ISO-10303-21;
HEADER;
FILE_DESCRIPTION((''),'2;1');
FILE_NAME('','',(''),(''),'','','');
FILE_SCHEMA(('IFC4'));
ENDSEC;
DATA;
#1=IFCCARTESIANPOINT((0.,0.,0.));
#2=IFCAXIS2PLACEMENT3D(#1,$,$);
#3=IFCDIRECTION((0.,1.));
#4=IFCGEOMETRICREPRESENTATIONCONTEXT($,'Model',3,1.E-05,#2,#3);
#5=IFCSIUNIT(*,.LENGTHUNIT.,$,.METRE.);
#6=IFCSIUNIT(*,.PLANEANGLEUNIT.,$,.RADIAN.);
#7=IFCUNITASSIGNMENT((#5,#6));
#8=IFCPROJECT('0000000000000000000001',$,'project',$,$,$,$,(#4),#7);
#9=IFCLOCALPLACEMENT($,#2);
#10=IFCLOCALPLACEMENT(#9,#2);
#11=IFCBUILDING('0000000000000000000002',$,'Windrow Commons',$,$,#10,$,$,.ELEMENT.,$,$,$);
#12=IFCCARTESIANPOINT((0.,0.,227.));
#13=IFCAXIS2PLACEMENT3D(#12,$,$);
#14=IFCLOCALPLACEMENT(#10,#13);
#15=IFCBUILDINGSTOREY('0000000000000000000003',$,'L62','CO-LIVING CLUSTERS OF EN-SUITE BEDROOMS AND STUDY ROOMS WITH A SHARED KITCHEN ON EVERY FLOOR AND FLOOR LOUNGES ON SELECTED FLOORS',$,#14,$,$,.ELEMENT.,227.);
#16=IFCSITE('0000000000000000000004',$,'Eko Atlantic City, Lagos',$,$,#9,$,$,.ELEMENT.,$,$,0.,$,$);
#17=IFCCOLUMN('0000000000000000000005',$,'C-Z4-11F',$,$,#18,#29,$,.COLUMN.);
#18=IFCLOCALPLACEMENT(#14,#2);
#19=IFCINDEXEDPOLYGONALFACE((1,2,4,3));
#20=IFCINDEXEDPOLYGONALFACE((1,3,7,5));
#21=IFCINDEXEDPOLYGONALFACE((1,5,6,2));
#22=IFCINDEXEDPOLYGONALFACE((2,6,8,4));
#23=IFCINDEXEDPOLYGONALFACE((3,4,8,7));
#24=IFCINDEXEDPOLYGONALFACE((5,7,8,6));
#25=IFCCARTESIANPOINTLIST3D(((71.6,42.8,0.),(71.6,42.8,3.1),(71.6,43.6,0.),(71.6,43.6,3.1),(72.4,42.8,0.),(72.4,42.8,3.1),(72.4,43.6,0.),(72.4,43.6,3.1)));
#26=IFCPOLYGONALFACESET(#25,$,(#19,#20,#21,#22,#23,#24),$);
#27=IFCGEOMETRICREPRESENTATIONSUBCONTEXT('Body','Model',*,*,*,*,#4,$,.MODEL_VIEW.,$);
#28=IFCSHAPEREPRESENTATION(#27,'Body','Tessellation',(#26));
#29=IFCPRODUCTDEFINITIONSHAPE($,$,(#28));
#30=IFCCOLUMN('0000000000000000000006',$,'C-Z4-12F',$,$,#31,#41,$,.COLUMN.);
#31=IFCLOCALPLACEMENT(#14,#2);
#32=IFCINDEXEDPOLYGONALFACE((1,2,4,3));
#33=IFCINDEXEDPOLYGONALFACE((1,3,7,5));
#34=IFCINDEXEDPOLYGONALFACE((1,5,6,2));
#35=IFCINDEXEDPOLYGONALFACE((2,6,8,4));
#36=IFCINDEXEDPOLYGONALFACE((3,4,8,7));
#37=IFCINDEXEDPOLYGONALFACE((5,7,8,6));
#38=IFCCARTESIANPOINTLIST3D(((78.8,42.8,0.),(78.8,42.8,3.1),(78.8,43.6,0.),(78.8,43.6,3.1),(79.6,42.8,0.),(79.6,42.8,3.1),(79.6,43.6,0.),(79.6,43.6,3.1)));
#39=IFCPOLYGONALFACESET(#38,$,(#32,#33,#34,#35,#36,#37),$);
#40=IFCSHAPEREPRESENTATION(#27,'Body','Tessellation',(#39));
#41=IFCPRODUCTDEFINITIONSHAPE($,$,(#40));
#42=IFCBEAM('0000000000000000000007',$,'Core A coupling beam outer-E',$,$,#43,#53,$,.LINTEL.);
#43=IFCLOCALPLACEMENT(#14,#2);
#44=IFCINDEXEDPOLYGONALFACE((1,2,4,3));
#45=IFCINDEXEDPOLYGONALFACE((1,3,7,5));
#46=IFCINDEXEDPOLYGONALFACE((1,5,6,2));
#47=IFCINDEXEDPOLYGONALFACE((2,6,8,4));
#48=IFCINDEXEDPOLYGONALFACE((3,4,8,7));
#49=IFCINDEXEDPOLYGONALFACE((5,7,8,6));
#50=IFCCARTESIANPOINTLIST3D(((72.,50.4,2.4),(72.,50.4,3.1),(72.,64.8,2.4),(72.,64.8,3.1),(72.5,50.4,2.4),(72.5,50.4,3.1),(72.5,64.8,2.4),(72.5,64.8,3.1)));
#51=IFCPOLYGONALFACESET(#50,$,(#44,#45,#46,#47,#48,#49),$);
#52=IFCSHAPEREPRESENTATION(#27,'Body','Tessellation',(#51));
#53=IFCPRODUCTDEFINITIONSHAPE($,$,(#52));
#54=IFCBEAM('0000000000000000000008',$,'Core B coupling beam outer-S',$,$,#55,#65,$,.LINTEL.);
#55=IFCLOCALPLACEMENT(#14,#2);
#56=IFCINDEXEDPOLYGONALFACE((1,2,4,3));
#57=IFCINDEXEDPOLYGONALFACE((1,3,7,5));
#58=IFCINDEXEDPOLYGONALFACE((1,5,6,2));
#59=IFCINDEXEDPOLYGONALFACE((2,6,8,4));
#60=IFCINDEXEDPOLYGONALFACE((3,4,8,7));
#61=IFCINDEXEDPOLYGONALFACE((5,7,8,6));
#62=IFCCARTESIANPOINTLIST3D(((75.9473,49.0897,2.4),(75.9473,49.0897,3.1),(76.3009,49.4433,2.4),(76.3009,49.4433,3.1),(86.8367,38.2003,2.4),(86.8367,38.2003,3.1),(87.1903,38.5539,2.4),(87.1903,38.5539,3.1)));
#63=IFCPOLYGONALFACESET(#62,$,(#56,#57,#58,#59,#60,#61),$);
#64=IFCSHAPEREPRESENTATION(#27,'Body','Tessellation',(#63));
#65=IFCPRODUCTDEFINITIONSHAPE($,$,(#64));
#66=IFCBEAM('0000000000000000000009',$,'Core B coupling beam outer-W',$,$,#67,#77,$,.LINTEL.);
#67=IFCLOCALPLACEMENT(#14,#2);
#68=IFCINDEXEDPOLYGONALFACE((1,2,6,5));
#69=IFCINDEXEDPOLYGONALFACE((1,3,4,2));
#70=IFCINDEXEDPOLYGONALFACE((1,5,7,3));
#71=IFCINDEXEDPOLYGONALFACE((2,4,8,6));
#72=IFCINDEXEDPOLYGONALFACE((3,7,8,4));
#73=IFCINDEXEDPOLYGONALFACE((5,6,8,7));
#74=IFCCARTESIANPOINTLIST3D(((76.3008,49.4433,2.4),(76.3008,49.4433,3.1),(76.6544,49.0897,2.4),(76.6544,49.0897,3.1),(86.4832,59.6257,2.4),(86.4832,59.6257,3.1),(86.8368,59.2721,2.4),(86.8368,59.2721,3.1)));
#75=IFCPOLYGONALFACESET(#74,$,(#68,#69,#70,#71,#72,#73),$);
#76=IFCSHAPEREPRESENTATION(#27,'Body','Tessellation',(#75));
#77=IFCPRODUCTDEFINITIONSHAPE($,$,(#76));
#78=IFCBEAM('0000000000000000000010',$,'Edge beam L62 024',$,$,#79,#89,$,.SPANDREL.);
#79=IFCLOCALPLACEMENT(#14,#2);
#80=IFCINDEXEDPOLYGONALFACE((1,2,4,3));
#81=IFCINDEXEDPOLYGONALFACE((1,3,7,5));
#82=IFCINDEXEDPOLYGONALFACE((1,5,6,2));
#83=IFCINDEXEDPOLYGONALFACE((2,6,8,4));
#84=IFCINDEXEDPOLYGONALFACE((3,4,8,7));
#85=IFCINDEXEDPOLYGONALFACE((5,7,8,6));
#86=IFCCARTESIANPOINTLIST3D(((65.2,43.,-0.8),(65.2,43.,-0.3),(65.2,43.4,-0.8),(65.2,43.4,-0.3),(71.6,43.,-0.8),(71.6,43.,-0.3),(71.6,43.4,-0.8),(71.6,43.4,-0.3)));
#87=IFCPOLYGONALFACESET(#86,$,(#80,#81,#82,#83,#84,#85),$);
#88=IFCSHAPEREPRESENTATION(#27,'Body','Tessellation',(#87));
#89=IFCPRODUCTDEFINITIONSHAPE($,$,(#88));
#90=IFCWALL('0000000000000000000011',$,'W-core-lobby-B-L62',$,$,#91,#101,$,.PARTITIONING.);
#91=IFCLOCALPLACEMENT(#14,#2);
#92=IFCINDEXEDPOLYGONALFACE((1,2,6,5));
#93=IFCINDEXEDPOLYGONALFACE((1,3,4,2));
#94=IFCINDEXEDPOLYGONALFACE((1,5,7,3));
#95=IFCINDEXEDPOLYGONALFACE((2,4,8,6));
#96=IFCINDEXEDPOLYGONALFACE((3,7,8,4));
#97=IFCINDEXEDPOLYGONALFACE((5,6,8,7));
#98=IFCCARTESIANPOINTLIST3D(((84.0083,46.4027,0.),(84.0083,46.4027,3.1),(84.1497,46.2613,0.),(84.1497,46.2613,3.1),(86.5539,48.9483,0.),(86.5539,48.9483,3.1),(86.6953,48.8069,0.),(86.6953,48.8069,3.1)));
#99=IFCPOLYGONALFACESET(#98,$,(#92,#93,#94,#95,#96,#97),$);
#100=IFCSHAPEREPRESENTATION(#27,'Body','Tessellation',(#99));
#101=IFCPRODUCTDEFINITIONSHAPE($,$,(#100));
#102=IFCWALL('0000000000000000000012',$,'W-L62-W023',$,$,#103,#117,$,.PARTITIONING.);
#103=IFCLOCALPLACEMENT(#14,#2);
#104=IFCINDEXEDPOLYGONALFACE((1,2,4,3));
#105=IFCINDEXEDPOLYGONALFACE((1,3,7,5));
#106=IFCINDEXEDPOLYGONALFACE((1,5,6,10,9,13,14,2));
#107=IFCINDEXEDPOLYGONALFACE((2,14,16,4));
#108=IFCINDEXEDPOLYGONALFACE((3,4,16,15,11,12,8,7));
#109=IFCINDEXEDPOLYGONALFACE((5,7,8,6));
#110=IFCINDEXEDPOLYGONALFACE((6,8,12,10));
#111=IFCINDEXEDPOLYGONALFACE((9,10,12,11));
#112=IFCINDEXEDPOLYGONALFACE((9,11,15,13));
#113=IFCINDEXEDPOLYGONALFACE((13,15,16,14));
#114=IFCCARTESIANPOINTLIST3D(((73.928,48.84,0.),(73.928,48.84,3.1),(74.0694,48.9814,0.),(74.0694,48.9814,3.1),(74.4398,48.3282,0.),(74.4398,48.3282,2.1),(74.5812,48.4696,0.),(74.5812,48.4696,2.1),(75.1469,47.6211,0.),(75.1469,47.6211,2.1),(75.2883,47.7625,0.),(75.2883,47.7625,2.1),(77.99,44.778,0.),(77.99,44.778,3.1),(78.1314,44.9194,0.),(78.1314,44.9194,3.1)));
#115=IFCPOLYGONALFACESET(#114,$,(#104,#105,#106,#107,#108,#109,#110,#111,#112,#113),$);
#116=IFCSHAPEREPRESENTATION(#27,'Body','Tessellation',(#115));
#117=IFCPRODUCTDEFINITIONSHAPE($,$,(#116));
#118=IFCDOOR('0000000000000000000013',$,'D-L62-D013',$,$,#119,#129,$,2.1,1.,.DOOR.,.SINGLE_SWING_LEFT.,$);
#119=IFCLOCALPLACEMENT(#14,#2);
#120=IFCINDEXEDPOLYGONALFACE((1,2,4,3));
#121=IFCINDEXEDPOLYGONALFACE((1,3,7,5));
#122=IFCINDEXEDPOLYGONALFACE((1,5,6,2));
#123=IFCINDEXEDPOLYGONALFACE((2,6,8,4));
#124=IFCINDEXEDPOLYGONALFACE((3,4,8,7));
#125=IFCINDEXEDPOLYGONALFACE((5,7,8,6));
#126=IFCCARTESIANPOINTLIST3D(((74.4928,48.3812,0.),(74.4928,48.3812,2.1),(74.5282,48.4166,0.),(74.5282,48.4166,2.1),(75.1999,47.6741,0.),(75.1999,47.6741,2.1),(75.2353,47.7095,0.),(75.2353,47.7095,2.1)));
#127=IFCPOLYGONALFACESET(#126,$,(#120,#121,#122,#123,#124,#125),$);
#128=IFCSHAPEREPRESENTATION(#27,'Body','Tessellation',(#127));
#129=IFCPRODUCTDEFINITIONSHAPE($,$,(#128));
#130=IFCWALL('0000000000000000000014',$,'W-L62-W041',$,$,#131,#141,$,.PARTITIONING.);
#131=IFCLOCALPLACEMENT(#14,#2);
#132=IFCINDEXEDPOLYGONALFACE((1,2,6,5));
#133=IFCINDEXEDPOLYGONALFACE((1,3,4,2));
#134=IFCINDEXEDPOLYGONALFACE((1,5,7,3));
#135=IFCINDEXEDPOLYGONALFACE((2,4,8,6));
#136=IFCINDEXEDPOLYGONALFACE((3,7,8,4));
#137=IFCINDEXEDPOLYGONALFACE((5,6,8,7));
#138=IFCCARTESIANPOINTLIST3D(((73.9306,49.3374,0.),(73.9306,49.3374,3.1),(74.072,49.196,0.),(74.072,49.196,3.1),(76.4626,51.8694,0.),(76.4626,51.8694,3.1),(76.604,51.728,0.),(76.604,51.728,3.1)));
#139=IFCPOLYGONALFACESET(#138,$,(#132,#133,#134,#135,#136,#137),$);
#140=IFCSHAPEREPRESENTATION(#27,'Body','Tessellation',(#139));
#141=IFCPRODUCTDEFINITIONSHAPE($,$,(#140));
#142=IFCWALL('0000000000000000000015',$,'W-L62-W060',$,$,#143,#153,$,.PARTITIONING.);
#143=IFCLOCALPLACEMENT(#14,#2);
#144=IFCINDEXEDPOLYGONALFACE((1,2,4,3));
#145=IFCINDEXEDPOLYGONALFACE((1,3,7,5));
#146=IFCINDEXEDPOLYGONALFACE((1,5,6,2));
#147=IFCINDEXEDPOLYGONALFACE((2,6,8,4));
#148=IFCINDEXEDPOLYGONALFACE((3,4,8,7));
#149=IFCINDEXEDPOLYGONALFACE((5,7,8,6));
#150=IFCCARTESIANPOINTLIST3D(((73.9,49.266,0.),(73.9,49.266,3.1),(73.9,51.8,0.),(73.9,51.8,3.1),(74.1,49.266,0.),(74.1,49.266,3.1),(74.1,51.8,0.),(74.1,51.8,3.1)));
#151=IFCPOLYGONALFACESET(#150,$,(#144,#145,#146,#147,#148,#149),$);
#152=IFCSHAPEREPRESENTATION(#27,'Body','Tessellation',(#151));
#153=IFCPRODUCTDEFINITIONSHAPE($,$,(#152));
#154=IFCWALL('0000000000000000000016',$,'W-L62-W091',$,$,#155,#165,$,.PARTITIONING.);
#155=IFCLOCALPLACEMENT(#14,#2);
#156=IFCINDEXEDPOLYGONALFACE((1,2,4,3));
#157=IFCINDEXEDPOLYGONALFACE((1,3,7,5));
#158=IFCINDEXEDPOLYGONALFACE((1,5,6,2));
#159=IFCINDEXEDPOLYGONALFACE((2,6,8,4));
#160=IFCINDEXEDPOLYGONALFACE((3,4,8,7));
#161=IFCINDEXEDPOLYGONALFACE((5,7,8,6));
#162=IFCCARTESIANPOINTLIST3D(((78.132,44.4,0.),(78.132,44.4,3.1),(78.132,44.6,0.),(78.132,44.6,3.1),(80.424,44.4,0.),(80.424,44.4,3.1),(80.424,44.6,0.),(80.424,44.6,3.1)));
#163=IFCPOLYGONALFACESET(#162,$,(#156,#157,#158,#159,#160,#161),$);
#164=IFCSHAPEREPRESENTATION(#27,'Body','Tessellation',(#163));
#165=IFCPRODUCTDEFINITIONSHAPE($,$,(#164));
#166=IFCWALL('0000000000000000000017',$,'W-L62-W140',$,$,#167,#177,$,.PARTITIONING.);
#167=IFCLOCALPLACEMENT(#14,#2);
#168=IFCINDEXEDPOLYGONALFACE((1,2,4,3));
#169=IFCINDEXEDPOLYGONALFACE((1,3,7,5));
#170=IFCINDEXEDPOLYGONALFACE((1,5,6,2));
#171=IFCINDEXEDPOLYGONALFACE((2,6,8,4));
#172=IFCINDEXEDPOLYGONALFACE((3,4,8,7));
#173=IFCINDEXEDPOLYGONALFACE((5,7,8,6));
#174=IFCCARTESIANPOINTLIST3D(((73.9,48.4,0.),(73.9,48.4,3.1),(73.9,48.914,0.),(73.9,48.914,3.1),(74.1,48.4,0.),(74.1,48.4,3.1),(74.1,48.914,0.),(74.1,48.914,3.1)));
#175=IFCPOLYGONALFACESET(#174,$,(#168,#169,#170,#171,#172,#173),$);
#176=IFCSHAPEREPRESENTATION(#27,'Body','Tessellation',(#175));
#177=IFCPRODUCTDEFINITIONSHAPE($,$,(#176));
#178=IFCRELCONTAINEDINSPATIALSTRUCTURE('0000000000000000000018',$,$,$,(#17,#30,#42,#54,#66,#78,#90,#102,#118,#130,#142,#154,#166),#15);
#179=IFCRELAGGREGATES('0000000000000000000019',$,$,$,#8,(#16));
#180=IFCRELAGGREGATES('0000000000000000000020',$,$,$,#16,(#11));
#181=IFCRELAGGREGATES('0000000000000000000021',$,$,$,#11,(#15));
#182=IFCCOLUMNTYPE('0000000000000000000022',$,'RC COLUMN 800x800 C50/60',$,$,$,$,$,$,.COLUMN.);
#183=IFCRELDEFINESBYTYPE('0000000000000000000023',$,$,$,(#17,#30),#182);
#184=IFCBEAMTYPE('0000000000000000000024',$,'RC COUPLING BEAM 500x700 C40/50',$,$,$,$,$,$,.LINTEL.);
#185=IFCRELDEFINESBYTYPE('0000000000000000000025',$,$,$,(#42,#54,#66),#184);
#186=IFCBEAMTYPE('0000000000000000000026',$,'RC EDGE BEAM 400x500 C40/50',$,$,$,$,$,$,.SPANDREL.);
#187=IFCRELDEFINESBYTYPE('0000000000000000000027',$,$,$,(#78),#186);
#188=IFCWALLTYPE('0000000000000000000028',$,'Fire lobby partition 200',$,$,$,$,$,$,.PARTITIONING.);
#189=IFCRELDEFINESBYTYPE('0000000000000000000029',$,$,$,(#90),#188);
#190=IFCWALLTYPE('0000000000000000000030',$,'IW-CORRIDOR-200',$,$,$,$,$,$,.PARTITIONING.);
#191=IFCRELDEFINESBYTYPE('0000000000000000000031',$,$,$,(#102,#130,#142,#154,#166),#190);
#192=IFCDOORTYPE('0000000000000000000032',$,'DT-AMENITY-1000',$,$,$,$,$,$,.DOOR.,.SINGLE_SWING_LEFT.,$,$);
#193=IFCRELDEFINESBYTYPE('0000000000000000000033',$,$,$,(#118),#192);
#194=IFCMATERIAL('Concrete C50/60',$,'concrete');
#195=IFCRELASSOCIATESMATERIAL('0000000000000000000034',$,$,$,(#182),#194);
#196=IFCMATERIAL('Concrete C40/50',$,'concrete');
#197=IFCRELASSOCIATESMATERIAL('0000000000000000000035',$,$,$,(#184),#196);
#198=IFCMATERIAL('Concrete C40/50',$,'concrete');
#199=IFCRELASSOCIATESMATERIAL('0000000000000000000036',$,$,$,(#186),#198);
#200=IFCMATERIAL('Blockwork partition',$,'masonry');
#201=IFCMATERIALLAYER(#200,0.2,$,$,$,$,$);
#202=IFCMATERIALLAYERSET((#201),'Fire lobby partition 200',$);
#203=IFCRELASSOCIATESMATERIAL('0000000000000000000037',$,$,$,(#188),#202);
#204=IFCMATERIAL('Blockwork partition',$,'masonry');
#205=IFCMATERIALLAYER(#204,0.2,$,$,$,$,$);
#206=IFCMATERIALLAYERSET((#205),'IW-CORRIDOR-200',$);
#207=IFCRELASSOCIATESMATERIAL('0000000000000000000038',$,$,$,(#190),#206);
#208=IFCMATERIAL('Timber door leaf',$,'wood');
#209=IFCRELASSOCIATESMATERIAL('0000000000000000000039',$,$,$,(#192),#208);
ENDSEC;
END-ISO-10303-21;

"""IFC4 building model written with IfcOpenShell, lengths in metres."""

from ifc_helpers import new_model, si_unit, direction, frame, frame_2d, origin, origin_2d, place, context, subcontext, project, spatial, rectangle, extrude, material, layer, layer_set, material_profile, profile_set, type_object, element, fill, save


model = new_model("IFC4")

# Units and contexts
model_context = context("Model", 3, precision=1e-05, world=origin(), true_north=direction((0.0, 1.0)))
body_context = subcontext(model_context, "Body", "Model", "MODEL_VIEW")
ifc_project = project(units=[si_unit("LENGTHUNIT", "METRE"), si_unit("PLANEANGLEUNIT", "RADIAN")], contexts=[model_context])

# Site, building, storey
site_placement = place(None, origin())
site = spatial("IfcSite", under=ifc_project, at=site_placement, Name="Eko Atlantic City, Lagos", CompositionType="ELEMENT", RefElevation=0.0)
building_placement = place(site_placement, origin())
building = spatial("IfcBuilding", under=site, at=building_placement, Name="Windrow Commons", CompositionType="ELEMENT")
storey_placement = place(building_placement, frame((0.0, 0.0, 227.0)))
storey = spatial("IfcBuildingStorey", under=building, at=storey_placement, Name="L62", Description="CO-LIVING CLUSTERS OF EN-SUITE BEDROOMS AND STUDY ROOMS WITH A SHARED KITCHEN ON EVERY FLOOR AND FLOOR LOUNGES ON SELECTED FLOORS", CompositionType="ELEMENT", Elevation=227.0)

# Columns
ifc_material_1 = material(Name="Concrete C50/60", Category="concrete")
ifc_material_profile_1 = material_profile(ifc_material_1, rectangle(XDim=0.8, YDim=0.8, at=origin_2d()))
ifc_profile_set_1 = profile_set([ifc_material_profile_1], Name="Concrete C50/60")
column_type = type_object("IfcColumnType", Name="RC COLUMN 800x800 C50/60", PredefinedType="COLUMN", material=ifc_profile_set_1)
for number, where, z_axis, x_axis, name in (
    (1, (72.0, 43.2, 0.0), (0.0, 0.0, 1.0), (1.0, 0.0, 0.0), "C-Z4-11F"),
    (2, (79.2, 43.2, 0.0), (0.0, 0.0, 1.0), (1.0, 0.0, 0.0), "C-Z4-12F"),
):
    element("IfcColumn", number, at=place(storey_placement, frame(where, z_axis=z_axis, x_axis=x_axis)), inside=storey, type_object=column_type, Name=name, PredefinedType="COLUMN", context=body_context, shape_type="SweptSolid", body=[
        extrude(rectangle(XDim=0.8, YDim=0.8, at=origin_2d()), origin(), (0.0, 0.0, 1.0), 3.1),
    ])

# Beams
ifc_material_2 = material(Name="Concrete C40/50", Category="concrete")
ifc_material_profile_2 = material_profile(ifc_material_2, rectangle(XDim=0.5, YDim=0.7, at=origin_2d()))
ifc_profile_set_2 = profile_set([ifc_material_profile_2], Name="Concrete C40/50")
beam_type_1 = type_object("IfcBeamType", Name="RC COUPLING BEAM 500x700 C40/50", PredefinedType="LINTEL", material=ifc_profile_set_2)
beam_1_placement = place(storey_placement, frame((72.25, 50.4, 2.75), z_axis=(0.0, 1.0, 0.0), x_axis=(-1.0, 0.0, 0.0)))
element("IfcBeam", 3, at=beam_1_placement, inside=storey, type_object=beam_type_1, Name="Core A coupling beam outer-E", PredefinedType="LINTEL", context=body_context, shape_type="SweptSolid", body=[
    extrude(rectangle(XDim=0.5, YDim=0.7, at=origin_2d()), origin(), (0.0, 0.0, 1.0), 14.4),
])
beam_2_placement = place(storey_placement, frame((76.1241, 49.2665, 2.75), z_axis=(0.707107, -0.707107, 0.0), x_axis=(0.707107, 0.707107, 0.0)))
element("IfcBeam", 4, at=beam_2_placement, inside=storey, type_object=beam_type_1, Name="Core B coupling beam outer-S", PredefinedType="LINTEL", context=body_context, shape_type="SweptSolid", body=[
    extrude(rectangle(XDim=0.5, YDim=0.7, at=origin_2d()), origin(), (0.0, 0.0, 1.0), 15.3999),
])
beam_3_placement = place(storey_placement, frame((76.4776, 49.2665, 2.75), z_axis=(0.707107, 0.707107, 0.0), x_axis=(-0.707107, 0.707107, 0.0)))
element("IfcBeam", 5, at=beam_3_placement, inside=storey, type_object=beam_type_1, Name="Core B coupling beam outer-W", PredefinedType="LINTEL", context=body_context, shape_type="SweptSolid", body=[
    extrude(rectangle(XDim=0.5, YDim=0.7, at=origin_2d()), origin(), (0.0, 0.0, 1.0), 14.4001),
])
ifc_material_3 = material(Name="Concrete C40/50", Category="concrete")
ifc_material_profile_3 = material_profile(ifc_material_3, rectangle(XDim=0.4, YDim=0.5, at=origin_2d()))
ifc_profile_set_3 = profile_set([ifc_material_profile_3], Name="Concrete C40/50")
beam_type_2 = type_object("IfcBeamType", Name="RC EDGE BEAM 400x500 C40/50", PredefinedType="SPANDREL", material=ifc_profile_set_3)
beam_4_placement = place(storey_placement, frame((71.6, 43.2, -0.55), z_axis=(-1.0, 0.0, 0.0), x_axis=(0.0, -1.0, 0.0)))
element("IfcBeam", 6, at=beam_4_placement, inside=storey, type_object=beam_type_2, Name="Edge beam L62 024", PredefinedType="SPANDREL", context=body_context, shape_type="SweptSolid", body=[
    extrude(rectangle(XDim=0.4, YDim=0.5, at=origin_2d()), origin(), (0.0, 0.0, 1.0), 6.4),
])

# Wall
ifc_material_4 = material(Name="Blockwork partition", Category="masonry")
ifc_layer_1 = layer(ifc_material_4, 0.2)
ifc_layer_set_1 = layer_set([ifc_layer_1], Name="Fire lobby partition 200")
wall_type_1 = type_object("IfcWallType", Name="Fire lobby partition 200", PredefinedType="PARTITIONING", material=ifc_layer_set_1)
wall_1_placement = place(storey_placement, frame((84.079, 46.332, 0.0), z_axis=(0.0, 0.0, 1.0), x_axis=(0.707107, 0.707107, 0.0)))
element("IfcWall", 7, at=wall_1_placement, inside=storey, type_object=wall_type_1, Name="W-core-lobby-B-L62", PredefinedType="PARTITIONING", context=body_context, shape_type="SweptSolid", body=[
    extrude(rectangle(XDim=3.6, YDim=0.2, at=frame_2d((1.8, 0.0))), origin(), (0.0, 0.0, 1.0), 3.1),
])

# Wall, opening, door
ifc_material_5 = material(Name="Blockwork partition", Category="masonry")
ifc_layer_2 = layer(ifc_material_5, 0.2)
ifc_layer_set_2 = layer_set([ifc_layer_2], Name="IW-CORRIDOR-200")
wall_type_2 = type_object("IfcWallType", Name="IW-CORRIDOR-200", PredefinedType="PARTITIONING", material=ifc_layer_set_2)
wall_2_placement = place(storey_placement, frame((73.9987, 48.9107, 0.0), z_axis=(0.0, 0.0, 1.0), x_axis=(0.707107, -0.707107, 0.0)))
wall_2 = element("IfcWall", 8, at=wall_2_placement, inside=storey, type_object=wall_type_2, Name="W-L62-W023", PredefinedType="PARTITIONING", context=body_context, shape_type="SweptSolid", body=[
    extrude(rectangle(XDim=5.7445, YDim=0.2, at=frame_2d((2.8723, 0.0))), origin(), (0.0, 0.0, 1.0), 3.1),
])
opening_1_placement = place(wall_2_placement, frame((0.7238, 0.0, 0.0)))
opening_1 = element("IfcOpeningElement", 9, at=opening_1_placement, cuts=wall_2, PredefinedType="OPENING", context=body_context, shape_type="SweptSolid", body=[
    extrude(rectangle(XDim=1.0, YDim=2.1, at=frame_2d((0.5, 1.05))), frame((0.0, 0.11, 0.0), z_axis=(0.0, -1.0, 0.0), x_axis=(1.0, 0.0, 0.0)), (0.0, 0.0, 1.0), 0.22),
])
ifc_material_6 = material(Name="Timber door leaf", Category="wood")
door_type_1 = type_object("IfcDoorType", Name="DT-AMENITY-1000", OperationType="SINGLE_SWING_LEFT", PredefinedType="DOOR", material=ifc_material_6)
door_1_placement = place(opening_1_placement, origin())
door_1 = element("IfcDoor", 10, at=door_1_placement, inside=storey, type_object=door_type_1, Name="D-L62-D013", OperationType="SINGLE_SWING_LEFT", OverallHeight=2.1, OverallWidth=1.0, PredefinedType="DOOR", context=body_context, shape_type="SweptSolid", body=[
    extrude(rectangle(XDim=1.0, YDim=2.1, at=frame_2d((0.5, 1.05))), frame((0.0, 0.025, 0.0), z_axis=(0.0, -1.0, 0.0), x_axis=(1.0, 0.0, 0.0)), (0.0, 0.0, 1.0), 0.05),
])
fill(opening_1, door_1)

# Walls
wall_3_placement = place(storey_placement, frame((74.0013, 49.2667, 0.0), z_axis=(0.0, 0.0, 1.0), x_axis=(0.707107, 0.707107, 0.0)))
element("IfcWall", 11, at=wall_3_placement, inside=storey, type_object=wall_type_2, Name="W-L62-W041", PredefinedType="PARTITIONING", context=body_context, shape_type="SweptSolid", body=[
    extrude(rectangle(XDim=3.5808, YDim=0.2, at=frame_2d((1.7904, 0.0))), origin(), (0.0, 0.0, 1.0), 3.1),
])
wall_4_placement = place(storey_placement, frame((74.0, 49.266, 0.0), z_axis=(0.0, 0.0, 1.0), x_axis=(0.0, 1.0, 0.0)))
element("IfcWall", 12, at=wall_4_placement, inside=storey, type_object=wall_type_2, Name="W-L62-W060", PredefinedType="PARTITIONING", context=body_context, shape_type="SweptSolid", body=[
    extrude(rectangle(XDim=2.534, YDim=0.2, at=frame_2d((1.267, 0.0))), origin(), (0.0, 0.0, 1.0), 3.1),
])
wall_5_placement = place(storey_placement, frame((78.132, 44.5, 0.0), z_axis=(0.0, 0.0, 1.0), x_axis=(1.0, 0.0, 0.0)))
element("IfcWall", 13, at=wall_5_placement, inside=storey, type_object=wall_type_2, Name="W-L62-W091", PredefinedType="PARTITIONING", context=body_context, shape_type="SweptSolid", body=[
    extrude(rectangle(XDim=2.292, YDim=0.2, at=frame_2d((1.146, 0.0))), origin(), (0.0, 0.0, 1.0), 3.1),
])
wall_6_placement = place(storey_placement, frame((74.0, 48.4, 0.0), z_axis=(0.0, 0.0, 1.0), x_axis=(0.0, 1.0, 0.0)))
element("IfcWall", 14, at=wall_6_placement, inside=storey, type_object=wall_type_2, Name="W-L62-W140", PredefinedType="PARTITIONING", context=body_context, shape_type="SweptSolid", body=[
    extrude(rectangle(XDim=0.514, YDim=0.2, at=frame_2d((0.257, 0.0))), origin(), (0.0, 0.0, 1.0), 3.1),
])

save(model, "model.ifc")
